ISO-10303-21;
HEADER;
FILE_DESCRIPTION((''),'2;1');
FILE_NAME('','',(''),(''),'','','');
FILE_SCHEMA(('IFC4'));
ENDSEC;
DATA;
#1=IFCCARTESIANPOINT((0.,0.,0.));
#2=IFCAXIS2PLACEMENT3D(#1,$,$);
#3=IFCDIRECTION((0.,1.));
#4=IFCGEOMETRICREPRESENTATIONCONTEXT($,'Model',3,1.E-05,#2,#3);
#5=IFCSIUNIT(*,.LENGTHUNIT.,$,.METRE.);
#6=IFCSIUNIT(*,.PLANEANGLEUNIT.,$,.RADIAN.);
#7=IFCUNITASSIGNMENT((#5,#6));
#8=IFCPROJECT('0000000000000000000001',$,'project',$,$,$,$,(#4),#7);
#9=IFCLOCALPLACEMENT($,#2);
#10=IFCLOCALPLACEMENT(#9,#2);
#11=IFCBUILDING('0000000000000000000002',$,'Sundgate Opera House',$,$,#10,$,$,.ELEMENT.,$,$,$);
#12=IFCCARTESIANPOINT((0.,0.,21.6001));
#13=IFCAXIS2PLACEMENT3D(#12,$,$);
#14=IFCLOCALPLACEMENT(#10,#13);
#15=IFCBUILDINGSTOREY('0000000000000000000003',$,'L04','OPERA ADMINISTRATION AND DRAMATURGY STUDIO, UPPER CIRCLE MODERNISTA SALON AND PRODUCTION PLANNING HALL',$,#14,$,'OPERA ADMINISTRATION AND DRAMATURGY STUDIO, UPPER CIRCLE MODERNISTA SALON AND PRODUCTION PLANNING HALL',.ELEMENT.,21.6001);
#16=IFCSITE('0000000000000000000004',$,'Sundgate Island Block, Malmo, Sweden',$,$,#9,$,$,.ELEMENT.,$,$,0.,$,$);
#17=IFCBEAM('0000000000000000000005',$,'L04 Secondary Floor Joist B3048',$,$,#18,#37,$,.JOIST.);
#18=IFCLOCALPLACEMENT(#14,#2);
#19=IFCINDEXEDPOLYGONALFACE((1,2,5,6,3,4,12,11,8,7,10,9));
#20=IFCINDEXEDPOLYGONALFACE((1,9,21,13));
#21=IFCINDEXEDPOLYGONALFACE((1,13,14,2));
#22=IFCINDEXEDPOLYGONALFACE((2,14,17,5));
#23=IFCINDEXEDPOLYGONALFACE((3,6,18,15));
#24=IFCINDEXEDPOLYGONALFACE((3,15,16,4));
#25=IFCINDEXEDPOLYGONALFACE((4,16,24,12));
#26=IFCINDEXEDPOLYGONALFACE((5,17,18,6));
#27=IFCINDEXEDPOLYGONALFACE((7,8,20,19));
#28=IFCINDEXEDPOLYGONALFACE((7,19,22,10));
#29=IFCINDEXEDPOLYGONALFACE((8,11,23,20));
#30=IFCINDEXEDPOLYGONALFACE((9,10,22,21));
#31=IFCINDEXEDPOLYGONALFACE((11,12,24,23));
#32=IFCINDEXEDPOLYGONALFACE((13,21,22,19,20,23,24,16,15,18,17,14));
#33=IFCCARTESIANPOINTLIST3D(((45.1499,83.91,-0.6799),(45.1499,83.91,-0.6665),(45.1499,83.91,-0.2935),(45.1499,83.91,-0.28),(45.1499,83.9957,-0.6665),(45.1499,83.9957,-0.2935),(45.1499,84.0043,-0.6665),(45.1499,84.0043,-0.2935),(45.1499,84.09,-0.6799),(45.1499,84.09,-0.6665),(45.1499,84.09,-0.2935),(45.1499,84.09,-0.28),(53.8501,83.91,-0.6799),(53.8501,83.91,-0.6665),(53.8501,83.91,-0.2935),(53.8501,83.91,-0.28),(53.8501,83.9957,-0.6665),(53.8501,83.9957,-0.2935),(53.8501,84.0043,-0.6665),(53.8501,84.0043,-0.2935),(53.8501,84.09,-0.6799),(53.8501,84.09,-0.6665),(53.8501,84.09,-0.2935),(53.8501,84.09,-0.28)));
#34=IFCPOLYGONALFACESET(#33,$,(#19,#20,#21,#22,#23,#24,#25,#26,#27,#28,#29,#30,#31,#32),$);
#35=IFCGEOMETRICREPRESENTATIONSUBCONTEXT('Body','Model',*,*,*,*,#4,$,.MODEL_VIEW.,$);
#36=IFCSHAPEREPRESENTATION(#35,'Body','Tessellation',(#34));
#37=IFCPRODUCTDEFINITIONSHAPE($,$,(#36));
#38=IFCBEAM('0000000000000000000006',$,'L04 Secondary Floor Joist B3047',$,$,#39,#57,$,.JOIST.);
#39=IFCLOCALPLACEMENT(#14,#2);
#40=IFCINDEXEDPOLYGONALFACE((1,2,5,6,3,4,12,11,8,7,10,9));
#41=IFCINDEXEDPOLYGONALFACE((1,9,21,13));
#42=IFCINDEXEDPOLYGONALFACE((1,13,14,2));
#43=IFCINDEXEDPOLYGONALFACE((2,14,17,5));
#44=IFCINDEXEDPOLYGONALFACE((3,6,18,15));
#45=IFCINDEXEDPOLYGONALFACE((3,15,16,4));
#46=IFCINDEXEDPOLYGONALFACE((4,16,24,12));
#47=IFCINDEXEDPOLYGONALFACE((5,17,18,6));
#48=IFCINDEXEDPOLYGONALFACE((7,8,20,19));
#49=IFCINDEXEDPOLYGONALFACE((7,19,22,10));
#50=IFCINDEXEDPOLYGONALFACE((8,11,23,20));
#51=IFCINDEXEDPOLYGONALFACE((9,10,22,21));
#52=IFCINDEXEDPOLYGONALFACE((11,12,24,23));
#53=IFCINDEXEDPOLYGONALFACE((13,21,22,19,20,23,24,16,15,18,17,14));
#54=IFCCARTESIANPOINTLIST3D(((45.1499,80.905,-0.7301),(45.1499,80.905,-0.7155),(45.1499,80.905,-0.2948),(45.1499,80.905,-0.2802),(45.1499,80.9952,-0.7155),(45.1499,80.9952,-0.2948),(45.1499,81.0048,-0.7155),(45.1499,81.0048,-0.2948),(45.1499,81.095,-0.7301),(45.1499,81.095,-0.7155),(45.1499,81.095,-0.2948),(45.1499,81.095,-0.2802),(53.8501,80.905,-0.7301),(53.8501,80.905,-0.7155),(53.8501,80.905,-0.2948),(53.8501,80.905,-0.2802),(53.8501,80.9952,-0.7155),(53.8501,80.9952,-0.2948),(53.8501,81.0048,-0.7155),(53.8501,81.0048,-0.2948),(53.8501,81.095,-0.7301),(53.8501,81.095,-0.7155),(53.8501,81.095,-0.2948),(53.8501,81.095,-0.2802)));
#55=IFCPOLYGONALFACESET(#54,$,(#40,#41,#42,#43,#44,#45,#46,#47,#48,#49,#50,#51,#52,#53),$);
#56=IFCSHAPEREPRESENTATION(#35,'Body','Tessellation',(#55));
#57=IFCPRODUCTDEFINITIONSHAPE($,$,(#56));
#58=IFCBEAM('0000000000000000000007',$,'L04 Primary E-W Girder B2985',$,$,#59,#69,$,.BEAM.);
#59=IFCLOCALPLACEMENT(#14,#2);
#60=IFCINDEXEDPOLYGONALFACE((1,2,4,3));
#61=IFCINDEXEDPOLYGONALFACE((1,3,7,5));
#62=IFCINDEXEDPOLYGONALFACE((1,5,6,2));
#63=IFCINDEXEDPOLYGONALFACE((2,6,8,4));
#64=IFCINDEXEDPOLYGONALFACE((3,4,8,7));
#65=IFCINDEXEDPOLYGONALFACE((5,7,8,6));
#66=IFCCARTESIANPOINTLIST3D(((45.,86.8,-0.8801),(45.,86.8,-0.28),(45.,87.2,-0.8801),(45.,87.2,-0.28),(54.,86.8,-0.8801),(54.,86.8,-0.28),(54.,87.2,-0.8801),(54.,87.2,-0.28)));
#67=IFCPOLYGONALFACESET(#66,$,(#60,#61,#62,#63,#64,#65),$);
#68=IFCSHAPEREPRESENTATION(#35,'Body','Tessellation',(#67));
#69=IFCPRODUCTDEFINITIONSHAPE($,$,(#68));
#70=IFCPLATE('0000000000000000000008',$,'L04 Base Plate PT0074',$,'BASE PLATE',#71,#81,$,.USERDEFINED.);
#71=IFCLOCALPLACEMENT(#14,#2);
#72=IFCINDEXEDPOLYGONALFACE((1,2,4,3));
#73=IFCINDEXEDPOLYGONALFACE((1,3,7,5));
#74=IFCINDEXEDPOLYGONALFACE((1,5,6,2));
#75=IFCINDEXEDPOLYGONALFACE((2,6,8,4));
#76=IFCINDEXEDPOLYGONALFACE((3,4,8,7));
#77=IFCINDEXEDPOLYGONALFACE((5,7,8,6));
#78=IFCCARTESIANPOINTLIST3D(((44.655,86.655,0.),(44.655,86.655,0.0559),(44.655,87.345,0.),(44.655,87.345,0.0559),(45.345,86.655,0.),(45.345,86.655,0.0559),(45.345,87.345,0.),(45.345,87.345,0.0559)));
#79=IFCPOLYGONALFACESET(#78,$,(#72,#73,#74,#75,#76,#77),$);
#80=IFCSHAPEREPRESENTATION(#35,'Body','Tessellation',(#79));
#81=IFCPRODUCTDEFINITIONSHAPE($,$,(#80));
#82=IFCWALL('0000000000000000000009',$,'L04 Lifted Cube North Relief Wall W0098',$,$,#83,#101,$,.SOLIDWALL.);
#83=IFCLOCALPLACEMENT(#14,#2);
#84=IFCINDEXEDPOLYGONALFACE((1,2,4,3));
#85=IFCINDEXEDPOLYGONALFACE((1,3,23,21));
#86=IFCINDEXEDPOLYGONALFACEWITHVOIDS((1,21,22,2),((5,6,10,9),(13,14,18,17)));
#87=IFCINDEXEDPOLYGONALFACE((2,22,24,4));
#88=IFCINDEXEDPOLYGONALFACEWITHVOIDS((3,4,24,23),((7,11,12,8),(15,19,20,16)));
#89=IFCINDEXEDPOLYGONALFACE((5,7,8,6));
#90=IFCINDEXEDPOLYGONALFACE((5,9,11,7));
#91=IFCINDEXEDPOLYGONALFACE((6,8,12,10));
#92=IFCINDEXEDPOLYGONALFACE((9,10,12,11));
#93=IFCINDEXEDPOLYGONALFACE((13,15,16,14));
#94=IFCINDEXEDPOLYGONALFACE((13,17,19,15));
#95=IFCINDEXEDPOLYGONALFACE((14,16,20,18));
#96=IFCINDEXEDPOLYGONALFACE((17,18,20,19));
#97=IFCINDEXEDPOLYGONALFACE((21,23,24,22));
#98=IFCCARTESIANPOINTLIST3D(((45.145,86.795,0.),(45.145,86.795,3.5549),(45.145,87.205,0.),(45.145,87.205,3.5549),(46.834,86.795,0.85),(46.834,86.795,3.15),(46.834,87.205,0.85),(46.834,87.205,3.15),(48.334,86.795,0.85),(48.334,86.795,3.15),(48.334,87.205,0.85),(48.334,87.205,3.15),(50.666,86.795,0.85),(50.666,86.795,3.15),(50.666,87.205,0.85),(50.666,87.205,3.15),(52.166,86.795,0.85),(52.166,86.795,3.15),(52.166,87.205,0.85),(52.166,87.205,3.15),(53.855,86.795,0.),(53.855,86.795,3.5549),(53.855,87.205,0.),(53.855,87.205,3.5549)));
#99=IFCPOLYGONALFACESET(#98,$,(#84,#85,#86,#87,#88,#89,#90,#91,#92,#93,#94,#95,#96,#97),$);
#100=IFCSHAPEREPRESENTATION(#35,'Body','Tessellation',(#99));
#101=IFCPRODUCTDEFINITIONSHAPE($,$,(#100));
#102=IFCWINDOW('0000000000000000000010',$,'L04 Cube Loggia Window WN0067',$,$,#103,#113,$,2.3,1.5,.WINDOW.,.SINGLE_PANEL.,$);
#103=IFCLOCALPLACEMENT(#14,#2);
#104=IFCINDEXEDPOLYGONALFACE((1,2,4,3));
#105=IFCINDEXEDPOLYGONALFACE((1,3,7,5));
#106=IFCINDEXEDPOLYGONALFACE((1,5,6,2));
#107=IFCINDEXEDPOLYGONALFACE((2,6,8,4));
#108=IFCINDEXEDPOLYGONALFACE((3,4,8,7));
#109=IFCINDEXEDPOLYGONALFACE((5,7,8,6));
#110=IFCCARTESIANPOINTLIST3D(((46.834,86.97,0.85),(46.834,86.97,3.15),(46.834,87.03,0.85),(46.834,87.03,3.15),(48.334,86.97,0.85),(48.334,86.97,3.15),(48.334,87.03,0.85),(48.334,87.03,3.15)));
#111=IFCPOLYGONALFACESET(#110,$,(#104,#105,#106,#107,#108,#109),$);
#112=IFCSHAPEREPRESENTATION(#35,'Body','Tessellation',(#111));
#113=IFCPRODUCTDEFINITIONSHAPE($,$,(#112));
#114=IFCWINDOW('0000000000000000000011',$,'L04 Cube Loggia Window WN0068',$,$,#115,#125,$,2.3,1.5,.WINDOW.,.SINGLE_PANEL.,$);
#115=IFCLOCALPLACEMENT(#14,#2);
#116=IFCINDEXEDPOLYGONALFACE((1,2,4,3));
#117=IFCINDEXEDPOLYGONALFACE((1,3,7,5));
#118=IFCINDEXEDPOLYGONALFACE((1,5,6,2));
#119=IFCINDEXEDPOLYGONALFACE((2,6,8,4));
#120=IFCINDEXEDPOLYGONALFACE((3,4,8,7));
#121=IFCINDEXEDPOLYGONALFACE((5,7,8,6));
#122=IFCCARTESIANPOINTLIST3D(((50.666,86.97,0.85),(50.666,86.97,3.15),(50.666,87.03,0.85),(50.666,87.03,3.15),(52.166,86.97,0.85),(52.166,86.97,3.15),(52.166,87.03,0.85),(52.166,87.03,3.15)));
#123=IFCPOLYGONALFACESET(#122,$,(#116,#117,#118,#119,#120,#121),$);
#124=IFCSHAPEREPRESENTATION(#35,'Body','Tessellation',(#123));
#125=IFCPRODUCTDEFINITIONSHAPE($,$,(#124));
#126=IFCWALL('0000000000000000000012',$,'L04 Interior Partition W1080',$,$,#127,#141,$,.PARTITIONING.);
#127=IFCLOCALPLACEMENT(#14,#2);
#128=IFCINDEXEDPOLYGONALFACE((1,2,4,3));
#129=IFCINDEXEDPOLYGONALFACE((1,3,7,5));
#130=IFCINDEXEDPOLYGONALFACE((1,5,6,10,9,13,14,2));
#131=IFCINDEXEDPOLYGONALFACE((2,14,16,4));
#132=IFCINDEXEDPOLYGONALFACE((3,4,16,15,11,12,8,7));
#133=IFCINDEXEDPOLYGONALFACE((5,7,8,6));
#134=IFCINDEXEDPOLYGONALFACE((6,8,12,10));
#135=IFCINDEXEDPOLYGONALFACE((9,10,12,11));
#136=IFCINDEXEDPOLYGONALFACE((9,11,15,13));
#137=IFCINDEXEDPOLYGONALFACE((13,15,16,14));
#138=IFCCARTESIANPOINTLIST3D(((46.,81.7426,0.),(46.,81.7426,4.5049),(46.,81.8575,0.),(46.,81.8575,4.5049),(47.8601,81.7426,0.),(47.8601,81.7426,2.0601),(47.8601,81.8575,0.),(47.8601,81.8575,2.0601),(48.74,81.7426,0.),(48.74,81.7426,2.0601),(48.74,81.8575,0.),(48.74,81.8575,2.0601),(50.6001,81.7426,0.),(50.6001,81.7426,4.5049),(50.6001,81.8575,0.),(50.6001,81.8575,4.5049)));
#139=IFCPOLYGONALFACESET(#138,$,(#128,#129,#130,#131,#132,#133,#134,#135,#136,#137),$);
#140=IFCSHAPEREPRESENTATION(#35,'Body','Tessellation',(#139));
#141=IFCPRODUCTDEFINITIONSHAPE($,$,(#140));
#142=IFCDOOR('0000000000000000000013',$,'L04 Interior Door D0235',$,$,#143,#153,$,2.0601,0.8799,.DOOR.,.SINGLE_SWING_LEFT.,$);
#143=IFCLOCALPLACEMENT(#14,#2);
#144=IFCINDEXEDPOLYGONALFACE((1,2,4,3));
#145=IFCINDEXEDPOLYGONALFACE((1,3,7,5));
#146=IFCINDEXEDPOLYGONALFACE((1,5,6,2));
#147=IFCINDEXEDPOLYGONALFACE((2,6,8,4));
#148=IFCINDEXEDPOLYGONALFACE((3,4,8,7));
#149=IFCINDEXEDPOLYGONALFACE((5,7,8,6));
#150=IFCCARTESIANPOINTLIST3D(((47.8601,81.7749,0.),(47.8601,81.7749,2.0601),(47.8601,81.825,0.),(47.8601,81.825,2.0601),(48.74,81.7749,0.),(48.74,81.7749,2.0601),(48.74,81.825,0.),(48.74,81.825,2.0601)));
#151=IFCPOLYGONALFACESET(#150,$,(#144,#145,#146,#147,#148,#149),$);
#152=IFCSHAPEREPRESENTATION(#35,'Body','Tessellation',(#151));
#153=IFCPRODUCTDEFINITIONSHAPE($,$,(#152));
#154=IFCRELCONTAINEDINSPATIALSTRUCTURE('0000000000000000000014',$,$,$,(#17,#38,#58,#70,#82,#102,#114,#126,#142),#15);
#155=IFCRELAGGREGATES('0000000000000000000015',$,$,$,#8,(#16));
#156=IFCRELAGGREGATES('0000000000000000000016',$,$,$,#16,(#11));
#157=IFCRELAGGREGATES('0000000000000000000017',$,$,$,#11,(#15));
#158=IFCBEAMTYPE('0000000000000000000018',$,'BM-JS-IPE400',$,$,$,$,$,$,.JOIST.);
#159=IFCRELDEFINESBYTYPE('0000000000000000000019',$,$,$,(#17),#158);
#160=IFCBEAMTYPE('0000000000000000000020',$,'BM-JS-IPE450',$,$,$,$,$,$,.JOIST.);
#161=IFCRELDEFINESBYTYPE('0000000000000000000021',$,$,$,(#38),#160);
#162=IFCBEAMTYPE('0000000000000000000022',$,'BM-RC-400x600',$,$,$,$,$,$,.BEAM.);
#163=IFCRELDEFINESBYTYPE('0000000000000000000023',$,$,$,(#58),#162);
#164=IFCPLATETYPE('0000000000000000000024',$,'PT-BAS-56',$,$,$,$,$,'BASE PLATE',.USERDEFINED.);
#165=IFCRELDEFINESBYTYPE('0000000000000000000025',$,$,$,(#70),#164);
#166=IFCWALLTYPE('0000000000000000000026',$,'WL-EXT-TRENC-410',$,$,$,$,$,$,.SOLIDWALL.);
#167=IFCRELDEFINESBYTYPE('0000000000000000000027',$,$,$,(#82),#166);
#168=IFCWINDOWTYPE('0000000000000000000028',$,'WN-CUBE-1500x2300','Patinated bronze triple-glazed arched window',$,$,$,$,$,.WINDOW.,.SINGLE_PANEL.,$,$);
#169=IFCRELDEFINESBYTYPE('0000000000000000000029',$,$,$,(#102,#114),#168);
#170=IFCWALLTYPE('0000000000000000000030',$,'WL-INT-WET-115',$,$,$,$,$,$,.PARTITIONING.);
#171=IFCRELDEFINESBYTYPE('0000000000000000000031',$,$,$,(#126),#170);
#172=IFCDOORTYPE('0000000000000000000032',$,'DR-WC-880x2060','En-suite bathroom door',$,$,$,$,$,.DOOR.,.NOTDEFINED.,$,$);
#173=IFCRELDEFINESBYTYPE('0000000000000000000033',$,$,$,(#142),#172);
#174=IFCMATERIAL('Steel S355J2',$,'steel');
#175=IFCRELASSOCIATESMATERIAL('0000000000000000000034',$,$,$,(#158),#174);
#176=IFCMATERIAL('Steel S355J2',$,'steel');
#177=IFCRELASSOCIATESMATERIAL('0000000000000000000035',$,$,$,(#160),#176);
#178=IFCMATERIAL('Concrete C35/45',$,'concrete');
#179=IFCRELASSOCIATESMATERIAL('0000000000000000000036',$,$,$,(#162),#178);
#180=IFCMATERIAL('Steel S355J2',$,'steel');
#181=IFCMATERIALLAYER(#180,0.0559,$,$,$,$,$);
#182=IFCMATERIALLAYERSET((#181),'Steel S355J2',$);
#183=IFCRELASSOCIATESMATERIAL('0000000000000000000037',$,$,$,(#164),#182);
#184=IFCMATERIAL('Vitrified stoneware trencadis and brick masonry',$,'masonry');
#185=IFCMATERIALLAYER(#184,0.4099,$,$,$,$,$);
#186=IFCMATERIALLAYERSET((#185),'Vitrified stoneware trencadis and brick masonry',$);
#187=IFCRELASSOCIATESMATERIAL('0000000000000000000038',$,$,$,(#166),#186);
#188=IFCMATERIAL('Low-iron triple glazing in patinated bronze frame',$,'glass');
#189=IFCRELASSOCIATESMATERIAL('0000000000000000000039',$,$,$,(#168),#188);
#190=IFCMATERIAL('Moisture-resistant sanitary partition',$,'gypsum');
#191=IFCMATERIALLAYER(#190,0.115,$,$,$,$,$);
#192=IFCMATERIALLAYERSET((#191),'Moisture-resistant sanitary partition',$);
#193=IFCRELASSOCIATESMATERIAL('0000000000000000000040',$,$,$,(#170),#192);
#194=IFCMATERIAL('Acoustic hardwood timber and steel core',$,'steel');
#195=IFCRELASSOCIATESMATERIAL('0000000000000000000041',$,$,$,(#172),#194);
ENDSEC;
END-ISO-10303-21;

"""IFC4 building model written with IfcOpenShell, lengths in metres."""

from ifc_helpers import new_model, si_unit, direction, frame, frame_2d, origin, origin_2d, place, context, subcontext, project, spatial, rectangle, i_section, extrude, material, layer, layer_set, material_profile, profile_set, type_object, element, fill, save


model = new_model("IFC4")

# Units and contexts
model_context = context("Model", 3, precision=1e-05, world=origin(), true_north=direction((0.0, 1.0)))
body_context = subcontext(model_context, "Body", "Model", "MODEL_VIEW")
ifc_project = project(units=[si_unit("LENGTHUNIT", "METRE"), si_unit("PLANEANGLEUNIT", "RADIAN")], contexts=[model_context])

# Site, building, storey
site_placement = place(None, origin())
site = spatial("IfcSite", under=ifc_project, at=site_placement, Name="Sundgate Island Block, Malmo, Sweden", CompositionType="ELEMENT", RefElevation=0.0)
building_placement = place(site_placement, origin())
building = spatial("IfcBuilding", under=site, at=building_placement, Name="Sundgate Opera House", CompositionType="ELEMENT")
storey_placement = place(building_placement, frame((0.0, 0.0, 21.6001)))
storey = spatial("IfcBuildingStorey", under=building, at=storey_placement, Name="L04", Description="OPERA ADMINISTRATION AND DRAMATURGY STUDIO, UPPER CIRCLE MODERNISTA SALON AND PRODUCTION PLANNING HALL", LongName="OPERA ADMINISTRATION AND DRAMATURGY STUDIO, UPPER CIRCLE MODERNISTA SALON AND PRODUCTION PLANNING HALL", CompositionType="ELEMENT", Elevation=21.6001)

# Beams
ifc_material_1 = material(Name="Steel S355J2", Category="steel")
ifc_material_profile_1 = material_profile(ifc_material_1, i_section(OverallWidth=0.1799, OverallDepth=0.3999, WebThickness=0.0085, FlangeThickness=0.0134, at=origin_2d()), Name="IPE 400")
ifc_profile_set_1 = profile_set([ifc_material_profile_1], Name="Steel S355J2")
beam_type_1 = type_object("IfcBeamType", Name="BM-JS-IPE400", PredefinedType="JOIST", material=ifc_profile_set_1)
beam_1_placement = place(storey_placement, frame((45.1499, 84.0, -0.48), z_axis=(1.0, 0.0, 0.0), x_axis=(0.0, 1.0, 0.0)))
element("IfcBeam", 1, at=beam_1_placement, inside=storey, type_object=beam_type_1, Name="L04 Secondary Floor Joist B3048", PredefinedType="JOIST", context=body_context, shape_type="SweptSolid", body=[
    extrude(i_section(OverallWidth=0.1799, OverallDepth=0.3999, WebThickness=0.0085, FlangeThickness=0.0134, at=origin_2d()), origin(), (0.0, 0.0, 1.0), 8.7002),
])
ifc_material_2 = material(Name="Steel S355J2", Category="steel")
ifc_material_profile_2 = material_profile(ifc_material_2, i_section(OverallWidth=0.1899, OverallDepth=0.45, WebThickness=0.0095, FlangeThickness=0.0146, at=origin_2d()), Name="IPE 450")
ifc_profile_set_2 = profile_set([ifc_material_profile_2], Name="Steel S355J2")
beam_type_2 = type_object("IfcBeamType", Name="BM-JS-IPE450", PredefinedType="JOIST", material=ifc_profile_set_2)
beam_2_placement = place(storey_placement, frame((45.1499, 81.0, -0.5051), z_axis=(1.0, 0.0, 0.0), x_axis=(0.0, 1.0, 0.0)))
element("IfcBeam", 2, at=beam_2_placement, inside=storey, type_object=beam_type_2, Name="L04 Secondary Floor Joist B3047", PredefinedType="JOIST", context=body_context, shape_type="SweptSolid", body=[
    extrude(i_section(OverallWidth=0.1899, OverallDepth=0.45, WebThickness=0.0095, FlangeThickness=0.0146, at=origin_2d()), origin(), (0.0, 0.0, 1.0), 8.7002),
])
ifc_material_3 = material(Name="Concrete C35/45", Category="concrete")
ifc_material_profile_3 = material_profile(ifc_material_3, rectangle(XDim=0.3999, YDim=0.6001, at=origin_2d()), Name="RC 400x600")
ifc_profile_set_3 = profile_set([ifc_material_profile_3], Name="Concrete C35/45")
beam_type_3 = type_object("IfcBeamType", Name="BM-RC-400x600", PredefinedType="BEAM", material=ifc_profile_set_3)
beam_3_placement = place(storey_placement, frame((45.0, 87.0, -0.5801), z_axis=(1.0, 0.0, 0.0), x_axis=(0.0, 1.0, 0.0)))
element("IfcBeam", 3, at=beam_3_placement, inside=storey, type_object=beam_type_3, Name="L04 Primary E-W Girder B2985", PredefinedType="BEAM", context=body_context, shape_type="SweptSolid", body=[
    extrude(rectangle(XDim=0.3999, YDim=0.6001, at=origin_2d()), origin(), (0.0, 0.0, 1.0), 9.0),
])

# Plate
ifc_material_4 = material(Name="Steel S355J2", Category="steel")
ifc_layer_1 = layer(ifc_material_4, 0.0559)
ifc_layer_set_1 = layer_set([ifc_layer_1], Name="Steel S355J2")
plate_type = type_object("IfcPlateType", Name="PT-BAS-56", ElementType="BASE PLATE", PredefinedType="USERDEFINED", material=ifc_layer_set_1)
plate_placement = place(storey_placement, frame((45.0, 87.0, 0.0), z_axis=(0.0, 0.0, 1.0), x_axis=(1.0, 0.0, 0.0)))
element("IfcPlate", 4, at=plate_placement, inside=storey, type_object=plate_type, Name="L04 Base Plate PT0074", ObjectType="BASE PLATE", PredefinedType="USERDEFINED", context=body_context, shape_type="SweptSolid", body=[
    extrude(rectangle(XDim=0.6899, YDim=0.6899, at=origin_2d()), origin(), (0.0, 0.0, 1.0), 0.0559),
])

# Wall, openings, windows
ifc_material_5 = material(Name="Vitrified stoneware trencadis and brick masonry", Category="masonry")
ifc_layer_2 = layer(ifc_material_5, 0.4099)
ifc_layer_set_2 = layer_set([ifc_layer_2], Name="Vitrified stoneware trencadis and brick masonry")
wall_type_1 = type_object("IfcWallType", Name="WL-EXT-TRENC-410", PredefinedType="SOLIDWALL", material=ifc_layer_set_2)
wall_1_placement = place(storey_placement, frame((45.145, 87.0, 0.0), z_axis=(0.0, 0.0, 1.0), x_axis=(1.0, 0.0, 0.0)))
wall_1 = element("IfcWall", 5, at=wall_1_placement, inside=storey, type_object=wall_type_1, Name="L04 Lifted Cube North Relief Wall W0098", PredefinedType="SOLIDWALL", context=body_context, shape_type="SweptSolid", body=[
    extrude(rectangle(XDim=8.71, YDim=0.4099, at=frame_2d((4.355, 0.0))), origin(), (0.0, 0.0, 1.0), 3.5549),
])
opening_1_placement = place(wall_1_placement, frame((1.689, 0.0, 0.8501)))
opening_1 = element("IfcOpeningElement", 6, at=opening_1_placement, cuts=wall_1, PredefinedType="OPENING", context=body_context, shape_type="SweptSolid", body=[
    extrude(rectangle(XDim=1.5, YDim=2.3, at=frame_2d((0.75, 1.1499))), frame((0.0, 0.2148, 0.0), z_axis=(0.0, -1.0, 0.0), x_axis=(1.0, 0.0, 0.0)), (0.0, 0.0, 1.0), 0.4299),
])
opening_2_placement = place(wall_1_placement, frame((5.521, 0.0, 0.8501)))
opening_2 = element("IfcOpeningElement", 7, at=opening_2_placement, cuts=wall_1, PredefinedType="OPENING", context=body_context, shape_type="SweptSolid", body=[
    extrude(rectangle(XDim=1.5, YDim=2.3, at=frame_2d((0.75, 1.1499))), frame((0.0, 0.2148, 0.0), z_axis=(0.0, -1.0, 0.0), x_axis=(1.0, 0.0, 0.0)), (0.0, 0.0, 1.0), 0.4299),
])
ifc_material_6 = material(Name="Low-iron triple glazing in patinated bronze frame", Category="glass")
window_type = type_object("IfcWindowType", Name="WN-CUBE-1500x2300", Description="Patinated bronze triple-glazed arched window", PartitioningType="SINGLE_PANEL", PredefinedType="WINDOW", material=ifc_material_6)
window_1_placement = place(opening_1_placement, origin())
window_1 = element("IfcWindow", 8, at=window_1_placement, inside=storey, type_object=window_type, Name="L04 Cube Loggia Window WN0067", OverallHeight=2.3, OverallWidth=1.5, PartitioningType="SINGLE_PANEL", PredefinedType="WINDOW", context=body_context, shape_type="SweptSolid", body=[
    extrude(rectangle(XDim=1.5, YDim=2.3, at=frame_2d((0.75, 1.1499))), frame((0.0, 0.03, 0.0), z_axis=(0.0, -1.0, 0.0), x_axis=(1.0, 0.0, 0.0)), (0.0, 0.0, 1.0), 0.0601),
])
fill(opening_1, window_1)
window_2_placement = place(opening_2_placement, origin())
window_2 = element("IfcWindow", 9, at=window_2_placement, inside=storey, type_object=window_type, Name="L04 Cube Loggia Window WN0068", OverallHeight=2.3, OverallWidth=1.5, PartitioningType="SINGLE_PANEL", PredefinedType="WINDOW", context=body_context, shape_type="SweptSolid", body=[
    extrude(rectangle(XDim=1.5, YDim=2.3, at=frame_2d((0.75, 1.1499))), frame((0.0, 0.03, 0.0), z_axis=(0.0, -1.0, 0.0), x_axis=(1.0, 0.0, 0.0)), (0.0, 0.0, 1.0), 0.0601),
])
fill(opening_2, window_2)

# Wall, opening, door
ifc_material_7 = material(Name="Moisture-resistant sanitary partition", Category="gypsum")
ifc_layer_3 = layer(ifc_material_7, 0.115)
ifc_layer_set_3 = layer_set([ifc_layer_3], Name="Moisture-resistant sanitary partition")
wall_type_2 = type_object("IfcWallType", Name="WL-INT-WET-115", PredefinedType="PARTITIONING", material=ifc_layer_set_3)
wall_2_placement = place(storey_placement, frame((46.0, 81.8, 0.0), z_axis=(0.0, 0.0, 1.0), x_axis=(1.0, 0.0, 0.0)))
wall_2 = element("IfcWall", 10, at=wall_2_placement, inside=storey, type_object=wall_type_2, Name="L04 Interior Partition W1080", PredefinedType="PARTITIONING", context=body_context, shape_type="SweptSolid", body=[
    extrude(rectangle(XDim=4.6001, YDim=0.115, at=frame_2d((2.3, 0.0))), origin(), (0.0, 0.0, 1.0), 4.5049),
])
opening_3_placement = place(wall_2_placement, frame((1.8601, 0.0, 0.0)))
opening_3 = element("IfcOpeningElement", 11, at=opening_3_placement, cuts=wall_2, PredefinedType="OPENING", context=body_context, shape_type="SweptSolid", body=[
    extrude(rectangle(XDim=0.8799, YDim=2.0601, at=frame_2d((0.4399, 1.03))), frame((0.0, 0.0674, 0.0), z_axis=(0.0, -1.0, 0.0), x_axis=(1.0, 0.0, 0.0)), (0.0, 0.0, 1.0), 0.135),
])
ifc_material_8 = material(Name="Acoustic hardwood timber and steel core", Category="steel")
door_type_1 = type_object("IfcDoorType", Name="DR-WC-880x2060", Description="En-suite bathroom door", OperationType="NOTDEFINED", PredefinedType="DOOR", material=ifc_material_8)
door_1_placement = place(opening_3_placement, origin())
door_1 = element("IfcDoor", 12, at=door_1_placement, inside=storey, type_object=door_type_1, Name="L04 Interior Door D0235", OperationType="SINGLE_SWING_LEFT", OverallHeight=2.0601, OverallWidth=0.8799, PredefinedType="DOOR", context=body_context, shape_type="SweptSolid", body=[
    extrude(rectangle(XDim=0.8799, YDim=2.0601, at=frame_2d((0.4399, 1.03))), frame((0.0, 0.0249, 0.0), z_axis=(0.0, -1.0, 0.0), x_axis=(1.0, 0.0, 0.0)), (0.0, 0.0, 1.0), 0.05),
])
fill(opening_3, door_1)

save(model, "model.ifc")
